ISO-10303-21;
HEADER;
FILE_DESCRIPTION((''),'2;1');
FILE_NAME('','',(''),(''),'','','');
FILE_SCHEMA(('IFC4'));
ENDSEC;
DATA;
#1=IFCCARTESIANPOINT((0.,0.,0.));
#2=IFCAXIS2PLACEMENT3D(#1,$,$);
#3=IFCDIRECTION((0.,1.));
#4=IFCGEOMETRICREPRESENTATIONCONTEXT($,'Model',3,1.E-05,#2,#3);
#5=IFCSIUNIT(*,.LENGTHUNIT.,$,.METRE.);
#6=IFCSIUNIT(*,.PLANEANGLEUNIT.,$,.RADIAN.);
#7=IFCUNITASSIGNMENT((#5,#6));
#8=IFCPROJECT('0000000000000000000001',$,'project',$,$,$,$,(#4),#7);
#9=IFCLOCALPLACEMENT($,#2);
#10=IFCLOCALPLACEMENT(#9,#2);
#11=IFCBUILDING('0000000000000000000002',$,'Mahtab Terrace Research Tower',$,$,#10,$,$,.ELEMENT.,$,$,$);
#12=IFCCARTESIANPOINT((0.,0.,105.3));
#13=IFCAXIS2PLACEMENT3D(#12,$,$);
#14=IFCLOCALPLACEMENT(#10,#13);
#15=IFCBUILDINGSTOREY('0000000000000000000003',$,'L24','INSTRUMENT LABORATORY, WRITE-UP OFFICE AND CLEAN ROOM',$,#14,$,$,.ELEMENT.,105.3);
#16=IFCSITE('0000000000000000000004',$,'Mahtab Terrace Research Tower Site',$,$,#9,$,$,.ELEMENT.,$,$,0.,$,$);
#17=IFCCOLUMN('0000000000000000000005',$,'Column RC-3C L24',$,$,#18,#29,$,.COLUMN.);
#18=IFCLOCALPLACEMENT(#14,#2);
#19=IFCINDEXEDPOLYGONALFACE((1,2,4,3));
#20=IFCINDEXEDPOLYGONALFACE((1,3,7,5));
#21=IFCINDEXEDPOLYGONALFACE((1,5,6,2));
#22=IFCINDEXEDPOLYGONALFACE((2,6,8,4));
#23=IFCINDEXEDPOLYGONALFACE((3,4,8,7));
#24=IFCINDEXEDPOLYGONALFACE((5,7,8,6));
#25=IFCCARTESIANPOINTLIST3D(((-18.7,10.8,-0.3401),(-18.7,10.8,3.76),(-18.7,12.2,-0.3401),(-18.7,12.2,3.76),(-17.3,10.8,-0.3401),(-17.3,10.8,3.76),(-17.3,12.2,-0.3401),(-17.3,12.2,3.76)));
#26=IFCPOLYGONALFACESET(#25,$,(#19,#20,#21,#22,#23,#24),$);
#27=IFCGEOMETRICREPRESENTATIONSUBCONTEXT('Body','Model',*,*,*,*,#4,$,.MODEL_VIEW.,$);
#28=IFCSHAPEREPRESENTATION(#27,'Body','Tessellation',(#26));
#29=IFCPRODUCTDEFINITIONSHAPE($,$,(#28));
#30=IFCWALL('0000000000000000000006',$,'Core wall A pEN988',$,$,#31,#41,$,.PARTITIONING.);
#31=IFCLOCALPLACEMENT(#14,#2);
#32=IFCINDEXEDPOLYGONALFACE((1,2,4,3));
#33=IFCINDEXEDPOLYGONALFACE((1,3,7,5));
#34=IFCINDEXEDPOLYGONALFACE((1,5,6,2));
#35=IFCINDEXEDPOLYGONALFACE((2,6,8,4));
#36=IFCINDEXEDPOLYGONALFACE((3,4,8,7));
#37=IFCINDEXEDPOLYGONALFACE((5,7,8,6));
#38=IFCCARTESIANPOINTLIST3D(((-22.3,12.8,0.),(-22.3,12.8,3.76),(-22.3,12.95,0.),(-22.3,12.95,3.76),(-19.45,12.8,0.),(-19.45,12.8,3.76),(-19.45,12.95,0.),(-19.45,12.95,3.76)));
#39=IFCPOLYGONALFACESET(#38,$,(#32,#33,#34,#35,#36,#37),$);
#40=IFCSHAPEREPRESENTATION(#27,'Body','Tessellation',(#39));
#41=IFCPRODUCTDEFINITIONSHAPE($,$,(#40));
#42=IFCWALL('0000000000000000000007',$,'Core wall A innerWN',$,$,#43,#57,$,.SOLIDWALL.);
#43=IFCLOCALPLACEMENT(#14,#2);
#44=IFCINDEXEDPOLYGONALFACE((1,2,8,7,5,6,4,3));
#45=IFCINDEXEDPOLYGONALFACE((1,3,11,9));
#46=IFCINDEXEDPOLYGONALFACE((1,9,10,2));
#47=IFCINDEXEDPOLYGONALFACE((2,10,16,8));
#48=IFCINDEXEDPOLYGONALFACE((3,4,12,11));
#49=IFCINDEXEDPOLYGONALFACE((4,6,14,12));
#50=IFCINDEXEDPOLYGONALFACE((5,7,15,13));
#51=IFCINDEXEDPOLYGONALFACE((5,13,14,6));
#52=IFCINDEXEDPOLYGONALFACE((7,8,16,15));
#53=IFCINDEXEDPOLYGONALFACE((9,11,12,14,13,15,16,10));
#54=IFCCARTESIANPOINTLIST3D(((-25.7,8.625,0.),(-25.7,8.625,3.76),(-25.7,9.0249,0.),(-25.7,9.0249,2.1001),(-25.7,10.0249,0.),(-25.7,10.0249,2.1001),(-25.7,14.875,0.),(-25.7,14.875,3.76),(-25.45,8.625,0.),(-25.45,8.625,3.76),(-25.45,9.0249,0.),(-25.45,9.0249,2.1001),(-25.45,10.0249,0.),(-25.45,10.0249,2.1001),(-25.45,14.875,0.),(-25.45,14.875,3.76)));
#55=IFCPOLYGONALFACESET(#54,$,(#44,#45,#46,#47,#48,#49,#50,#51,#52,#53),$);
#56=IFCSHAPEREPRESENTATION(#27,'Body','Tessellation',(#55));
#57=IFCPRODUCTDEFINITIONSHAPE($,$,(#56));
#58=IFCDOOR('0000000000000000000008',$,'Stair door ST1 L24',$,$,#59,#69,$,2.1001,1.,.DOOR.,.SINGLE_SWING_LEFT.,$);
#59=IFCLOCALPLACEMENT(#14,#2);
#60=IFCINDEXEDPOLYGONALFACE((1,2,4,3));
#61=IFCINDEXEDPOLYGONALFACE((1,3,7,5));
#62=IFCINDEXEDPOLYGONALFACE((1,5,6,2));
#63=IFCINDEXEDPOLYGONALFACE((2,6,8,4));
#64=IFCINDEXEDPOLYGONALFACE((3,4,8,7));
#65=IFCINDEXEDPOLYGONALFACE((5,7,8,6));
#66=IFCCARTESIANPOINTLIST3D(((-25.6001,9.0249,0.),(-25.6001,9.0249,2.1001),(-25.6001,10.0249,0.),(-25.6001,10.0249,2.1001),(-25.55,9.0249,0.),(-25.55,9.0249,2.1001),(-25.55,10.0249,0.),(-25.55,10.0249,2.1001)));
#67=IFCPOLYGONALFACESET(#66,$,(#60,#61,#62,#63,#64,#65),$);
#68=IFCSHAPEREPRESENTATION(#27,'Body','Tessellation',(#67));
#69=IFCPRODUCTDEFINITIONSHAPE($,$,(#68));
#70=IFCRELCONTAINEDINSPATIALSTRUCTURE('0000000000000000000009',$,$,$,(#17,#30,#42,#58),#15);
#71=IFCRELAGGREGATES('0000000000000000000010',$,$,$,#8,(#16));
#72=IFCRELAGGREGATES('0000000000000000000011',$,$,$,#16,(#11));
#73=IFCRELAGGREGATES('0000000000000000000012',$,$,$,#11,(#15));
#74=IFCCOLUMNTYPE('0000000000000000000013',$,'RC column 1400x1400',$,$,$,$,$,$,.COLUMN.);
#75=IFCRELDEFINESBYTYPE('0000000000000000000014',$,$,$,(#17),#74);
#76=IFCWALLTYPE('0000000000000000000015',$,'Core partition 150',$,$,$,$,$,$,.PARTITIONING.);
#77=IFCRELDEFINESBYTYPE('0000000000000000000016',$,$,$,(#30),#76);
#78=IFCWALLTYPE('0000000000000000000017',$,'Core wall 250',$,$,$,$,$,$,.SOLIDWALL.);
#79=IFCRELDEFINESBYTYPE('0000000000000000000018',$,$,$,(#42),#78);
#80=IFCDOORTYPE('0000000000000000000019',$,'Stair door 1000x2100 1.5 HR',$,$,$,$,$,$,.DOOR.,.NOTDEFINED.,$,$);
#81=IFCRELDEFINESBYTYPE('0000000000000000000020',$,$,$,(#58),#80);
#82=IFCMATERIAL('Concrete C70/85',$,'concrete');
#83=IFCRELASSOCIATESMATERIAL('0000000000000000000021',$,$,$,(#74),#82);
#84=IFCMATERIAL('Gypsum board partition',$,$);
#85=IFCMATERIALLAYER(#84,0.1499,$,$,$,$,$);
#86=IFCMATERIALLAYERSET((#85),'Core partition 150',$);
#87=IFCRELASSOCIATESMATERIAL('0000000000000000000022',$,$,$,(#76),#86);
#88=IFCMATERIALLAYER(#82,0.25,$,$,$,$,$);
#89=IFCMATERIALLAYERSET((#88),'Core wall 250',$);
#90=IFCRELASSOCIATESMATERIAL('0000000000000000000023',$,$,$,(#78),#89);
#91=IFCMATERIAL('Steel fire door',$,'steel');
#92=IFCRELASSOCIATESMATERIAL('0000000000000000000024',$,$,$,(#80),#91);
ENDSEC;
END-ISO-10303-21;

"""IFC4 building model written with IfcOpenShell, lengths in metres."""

from ifc_helpers import new_model, si_unit, direction, frame, frame_2d, origin, origin_2d, place, context, subcontext, project, spatial, rectangle, extrude, material, layer, layer_set, material_profile, profile_set, type_object, element, fill, save


model = new_model("IFC4")

# Units and contexts
model_context = context("Model", 3, precision=1e-05, world=origin(), true_north=direction((0.0, 1.0)))
body_context = subcontext(model_context, "Body", "Model", "MODEL_VIEW")
ifc_project = project(units=[si_unit("LENGTHUNIT", "METRE"), si_unit("PLANEANGLEUNIT", "RADIAN")], contexts=[model_context])

# Site, building, storey
site_placement = place(None, origin())
site = spatial("IfcSite", under=ifc_project, at=site_placement, Name="Mahtab Terrace Research Tower Site", CompositionType="ELEMENT", RefElevation=0.0)
building_placement = place(site_placement, origin())
building = spatial("IfcBuilding", under=site, at=building_placement, Name="Mahtab Terrace Research Tower", CompositionType="ELEMENT")
storey_placement = place(building_placement, frame((0.0, 0.0, 105.3)))
storey = spatial("IfcBuildingStorey", under=building, at=storey_placement, Name="L24", Description="INSTRUMENT LABORATORY, WRITE-UP OFFICE AND CLEAN ROOM", CompositionType="ELEMENT", Elevation=105.3)

# Column
ifc_material_1 = material(Name="Concrete C70/85", Category="concrete")
ifc_material_profile = material_profile(ifc_material_1, rectangle(XDim=1.3999, YDim=1.3999, at=origin_2d()), Name="RC column 1400x1400")
ifc_profile_set = profile_set([ifc_material_profile], Name="Concrete C70/85")
column_type = type_object("IfcColumnType", Name="RC column 1400x1400", PredefinedType="COLUMN", material=ifc_profile_set)
column_placement = place(storey_placement, frame((-18.0, 11.5, -0.3401), z_axis=(0.0, 0.0, 1.0), x_axis=(1.0, 0.0, 0.0)))
element("IfcColumn", 1, at=column_placement, inside=storey, type_object=column_type, Name="Column RC-3C L24", PredefinedType="COLUMN", context=body_context, shape_type="SweptSolid", body=[
    extrude(rectangle(XDim=1.3999, YDim=1.3999, at=origin_2d()), origin(), (0.0, 0.0, 1.0), 4.1001),
])

# Wall
ifc_material_2 = material(Name="Gypsum board partition")
ifc_layer_1 = layer(ifc_material_2, 0.1499)
ifc_layer_set_1 = layer_set([ifc_layer_1], Name="Core partition 150")
wall_type_1 = type_object("IfcWallType", Name="Core partition 150", PredefinedType="PARTITIONING", material=ifc_layer_set_1)
wall_1_placement = place(storey_placement, frame((-22.3, 12.875, 0.0), z_axis=(0.0, 0.0, 1.0), x_axis=(1.0, 0.0, 0.0)))
element("IfcWall", 2, at=wall_1_placement, inside=storey, type_object=wall_type_1, Name="Core wall A pEN988", PredefinedType="PARTITIONING", context=body_context, shape_type="SweptSolid", body=[
    extrude(rectangle(XDim=2.8501, YDim=0.1499, at=frame_2d((1.425, 0.0))), origin(), (0.0, 0.0, 1.0), 3.76),
])

# Wall, opening, door
ifc_layer_2 = layer(ifc_material_1, 0.25)
ifc_layer_set_2 = layer_set([ifc_layer_2], Name="Core wall 250")
wall_type_2 = type_object("IfcWallType", Name="Core wall 250", PredefinedType="SOLIDWALL", material=ifc_layer_set_2)
wall_2_placement = place(storey_placement, frame((-25.575, 14.875, 0.0), z_axis=(0.0, 0.0, 1.0), x_axis=(0.0, -1.0, 0.0)))
wall_2 = element("IfcWall", 3, at=wall_2_placement, inside=storey, type_object=wall_type_2, Name="Core wall A innerWN", PredefinedType="SOLIDWALL", context=body_context, shape_type="SweptSolid", body=[
    extrude(rectangle(XDim=6.25, YDim=0.25, at=frame_2d((3.125, 0.0))), origin(), (0.0, 0.0, 1.0), 3.76),
])
opening_1_placement = place(wall_2_placement, frame((4.8501, 0.0, 0.0)))
opening_1 = element("IfcOpeningElement", 4, at=opening_1_placement, cuts=wall_2, PredefinedType="OPENING", context=body_context, shape_type="SweptSolid", body=[
    extrude(rectangle(XDim=1.0, YDim=2.1001, at=frame_2d((0.5, 1.05))), frame((0.0, 0.135, 0.0), z_axis=(0.0, -1.0, 0.0), x_axis=(1.0, 0.0, 0.0)), (0.0, 0.0, 1.0), 0.27),
])
ifc_material_3 = material(Name="Steel fire door", Category="steel")
door_type_1 = type_object("IfcDoorType", Name="Stair door 1000x2100 1.5 HR", OperationType="NOTDEFINED", PredefinedType="DOOR", material=ifc_material_3)
door_1_placement = place(opening_1_placement, origin())
door_1 = element("IfcDoor", 5, at=door_1_placement, inside=storey, type_object=door_type_1, Name="Stair door ST1 L24", OperationType="SINGLE_SWING_LEFT", OverallHeight=2.1001, OverallWidth=1.0, PredefinedType="DOOR", context=body_context, shape_type="SweptSolid", body=[
    extrude(rectangle(XDim=1.0, YDim=2.1001, at=frame_2d((0.5, 1.05))), frame((0.0, 0.0249, 0.0), z_axis=(0.0, -1.0, 0.0), x_axis=(1.0, 0.0, 0.0)), (0.0, 0.0, 1.0), 0.05),
])
fill(opening_1, door_1)

save(model, "model.ifc")
